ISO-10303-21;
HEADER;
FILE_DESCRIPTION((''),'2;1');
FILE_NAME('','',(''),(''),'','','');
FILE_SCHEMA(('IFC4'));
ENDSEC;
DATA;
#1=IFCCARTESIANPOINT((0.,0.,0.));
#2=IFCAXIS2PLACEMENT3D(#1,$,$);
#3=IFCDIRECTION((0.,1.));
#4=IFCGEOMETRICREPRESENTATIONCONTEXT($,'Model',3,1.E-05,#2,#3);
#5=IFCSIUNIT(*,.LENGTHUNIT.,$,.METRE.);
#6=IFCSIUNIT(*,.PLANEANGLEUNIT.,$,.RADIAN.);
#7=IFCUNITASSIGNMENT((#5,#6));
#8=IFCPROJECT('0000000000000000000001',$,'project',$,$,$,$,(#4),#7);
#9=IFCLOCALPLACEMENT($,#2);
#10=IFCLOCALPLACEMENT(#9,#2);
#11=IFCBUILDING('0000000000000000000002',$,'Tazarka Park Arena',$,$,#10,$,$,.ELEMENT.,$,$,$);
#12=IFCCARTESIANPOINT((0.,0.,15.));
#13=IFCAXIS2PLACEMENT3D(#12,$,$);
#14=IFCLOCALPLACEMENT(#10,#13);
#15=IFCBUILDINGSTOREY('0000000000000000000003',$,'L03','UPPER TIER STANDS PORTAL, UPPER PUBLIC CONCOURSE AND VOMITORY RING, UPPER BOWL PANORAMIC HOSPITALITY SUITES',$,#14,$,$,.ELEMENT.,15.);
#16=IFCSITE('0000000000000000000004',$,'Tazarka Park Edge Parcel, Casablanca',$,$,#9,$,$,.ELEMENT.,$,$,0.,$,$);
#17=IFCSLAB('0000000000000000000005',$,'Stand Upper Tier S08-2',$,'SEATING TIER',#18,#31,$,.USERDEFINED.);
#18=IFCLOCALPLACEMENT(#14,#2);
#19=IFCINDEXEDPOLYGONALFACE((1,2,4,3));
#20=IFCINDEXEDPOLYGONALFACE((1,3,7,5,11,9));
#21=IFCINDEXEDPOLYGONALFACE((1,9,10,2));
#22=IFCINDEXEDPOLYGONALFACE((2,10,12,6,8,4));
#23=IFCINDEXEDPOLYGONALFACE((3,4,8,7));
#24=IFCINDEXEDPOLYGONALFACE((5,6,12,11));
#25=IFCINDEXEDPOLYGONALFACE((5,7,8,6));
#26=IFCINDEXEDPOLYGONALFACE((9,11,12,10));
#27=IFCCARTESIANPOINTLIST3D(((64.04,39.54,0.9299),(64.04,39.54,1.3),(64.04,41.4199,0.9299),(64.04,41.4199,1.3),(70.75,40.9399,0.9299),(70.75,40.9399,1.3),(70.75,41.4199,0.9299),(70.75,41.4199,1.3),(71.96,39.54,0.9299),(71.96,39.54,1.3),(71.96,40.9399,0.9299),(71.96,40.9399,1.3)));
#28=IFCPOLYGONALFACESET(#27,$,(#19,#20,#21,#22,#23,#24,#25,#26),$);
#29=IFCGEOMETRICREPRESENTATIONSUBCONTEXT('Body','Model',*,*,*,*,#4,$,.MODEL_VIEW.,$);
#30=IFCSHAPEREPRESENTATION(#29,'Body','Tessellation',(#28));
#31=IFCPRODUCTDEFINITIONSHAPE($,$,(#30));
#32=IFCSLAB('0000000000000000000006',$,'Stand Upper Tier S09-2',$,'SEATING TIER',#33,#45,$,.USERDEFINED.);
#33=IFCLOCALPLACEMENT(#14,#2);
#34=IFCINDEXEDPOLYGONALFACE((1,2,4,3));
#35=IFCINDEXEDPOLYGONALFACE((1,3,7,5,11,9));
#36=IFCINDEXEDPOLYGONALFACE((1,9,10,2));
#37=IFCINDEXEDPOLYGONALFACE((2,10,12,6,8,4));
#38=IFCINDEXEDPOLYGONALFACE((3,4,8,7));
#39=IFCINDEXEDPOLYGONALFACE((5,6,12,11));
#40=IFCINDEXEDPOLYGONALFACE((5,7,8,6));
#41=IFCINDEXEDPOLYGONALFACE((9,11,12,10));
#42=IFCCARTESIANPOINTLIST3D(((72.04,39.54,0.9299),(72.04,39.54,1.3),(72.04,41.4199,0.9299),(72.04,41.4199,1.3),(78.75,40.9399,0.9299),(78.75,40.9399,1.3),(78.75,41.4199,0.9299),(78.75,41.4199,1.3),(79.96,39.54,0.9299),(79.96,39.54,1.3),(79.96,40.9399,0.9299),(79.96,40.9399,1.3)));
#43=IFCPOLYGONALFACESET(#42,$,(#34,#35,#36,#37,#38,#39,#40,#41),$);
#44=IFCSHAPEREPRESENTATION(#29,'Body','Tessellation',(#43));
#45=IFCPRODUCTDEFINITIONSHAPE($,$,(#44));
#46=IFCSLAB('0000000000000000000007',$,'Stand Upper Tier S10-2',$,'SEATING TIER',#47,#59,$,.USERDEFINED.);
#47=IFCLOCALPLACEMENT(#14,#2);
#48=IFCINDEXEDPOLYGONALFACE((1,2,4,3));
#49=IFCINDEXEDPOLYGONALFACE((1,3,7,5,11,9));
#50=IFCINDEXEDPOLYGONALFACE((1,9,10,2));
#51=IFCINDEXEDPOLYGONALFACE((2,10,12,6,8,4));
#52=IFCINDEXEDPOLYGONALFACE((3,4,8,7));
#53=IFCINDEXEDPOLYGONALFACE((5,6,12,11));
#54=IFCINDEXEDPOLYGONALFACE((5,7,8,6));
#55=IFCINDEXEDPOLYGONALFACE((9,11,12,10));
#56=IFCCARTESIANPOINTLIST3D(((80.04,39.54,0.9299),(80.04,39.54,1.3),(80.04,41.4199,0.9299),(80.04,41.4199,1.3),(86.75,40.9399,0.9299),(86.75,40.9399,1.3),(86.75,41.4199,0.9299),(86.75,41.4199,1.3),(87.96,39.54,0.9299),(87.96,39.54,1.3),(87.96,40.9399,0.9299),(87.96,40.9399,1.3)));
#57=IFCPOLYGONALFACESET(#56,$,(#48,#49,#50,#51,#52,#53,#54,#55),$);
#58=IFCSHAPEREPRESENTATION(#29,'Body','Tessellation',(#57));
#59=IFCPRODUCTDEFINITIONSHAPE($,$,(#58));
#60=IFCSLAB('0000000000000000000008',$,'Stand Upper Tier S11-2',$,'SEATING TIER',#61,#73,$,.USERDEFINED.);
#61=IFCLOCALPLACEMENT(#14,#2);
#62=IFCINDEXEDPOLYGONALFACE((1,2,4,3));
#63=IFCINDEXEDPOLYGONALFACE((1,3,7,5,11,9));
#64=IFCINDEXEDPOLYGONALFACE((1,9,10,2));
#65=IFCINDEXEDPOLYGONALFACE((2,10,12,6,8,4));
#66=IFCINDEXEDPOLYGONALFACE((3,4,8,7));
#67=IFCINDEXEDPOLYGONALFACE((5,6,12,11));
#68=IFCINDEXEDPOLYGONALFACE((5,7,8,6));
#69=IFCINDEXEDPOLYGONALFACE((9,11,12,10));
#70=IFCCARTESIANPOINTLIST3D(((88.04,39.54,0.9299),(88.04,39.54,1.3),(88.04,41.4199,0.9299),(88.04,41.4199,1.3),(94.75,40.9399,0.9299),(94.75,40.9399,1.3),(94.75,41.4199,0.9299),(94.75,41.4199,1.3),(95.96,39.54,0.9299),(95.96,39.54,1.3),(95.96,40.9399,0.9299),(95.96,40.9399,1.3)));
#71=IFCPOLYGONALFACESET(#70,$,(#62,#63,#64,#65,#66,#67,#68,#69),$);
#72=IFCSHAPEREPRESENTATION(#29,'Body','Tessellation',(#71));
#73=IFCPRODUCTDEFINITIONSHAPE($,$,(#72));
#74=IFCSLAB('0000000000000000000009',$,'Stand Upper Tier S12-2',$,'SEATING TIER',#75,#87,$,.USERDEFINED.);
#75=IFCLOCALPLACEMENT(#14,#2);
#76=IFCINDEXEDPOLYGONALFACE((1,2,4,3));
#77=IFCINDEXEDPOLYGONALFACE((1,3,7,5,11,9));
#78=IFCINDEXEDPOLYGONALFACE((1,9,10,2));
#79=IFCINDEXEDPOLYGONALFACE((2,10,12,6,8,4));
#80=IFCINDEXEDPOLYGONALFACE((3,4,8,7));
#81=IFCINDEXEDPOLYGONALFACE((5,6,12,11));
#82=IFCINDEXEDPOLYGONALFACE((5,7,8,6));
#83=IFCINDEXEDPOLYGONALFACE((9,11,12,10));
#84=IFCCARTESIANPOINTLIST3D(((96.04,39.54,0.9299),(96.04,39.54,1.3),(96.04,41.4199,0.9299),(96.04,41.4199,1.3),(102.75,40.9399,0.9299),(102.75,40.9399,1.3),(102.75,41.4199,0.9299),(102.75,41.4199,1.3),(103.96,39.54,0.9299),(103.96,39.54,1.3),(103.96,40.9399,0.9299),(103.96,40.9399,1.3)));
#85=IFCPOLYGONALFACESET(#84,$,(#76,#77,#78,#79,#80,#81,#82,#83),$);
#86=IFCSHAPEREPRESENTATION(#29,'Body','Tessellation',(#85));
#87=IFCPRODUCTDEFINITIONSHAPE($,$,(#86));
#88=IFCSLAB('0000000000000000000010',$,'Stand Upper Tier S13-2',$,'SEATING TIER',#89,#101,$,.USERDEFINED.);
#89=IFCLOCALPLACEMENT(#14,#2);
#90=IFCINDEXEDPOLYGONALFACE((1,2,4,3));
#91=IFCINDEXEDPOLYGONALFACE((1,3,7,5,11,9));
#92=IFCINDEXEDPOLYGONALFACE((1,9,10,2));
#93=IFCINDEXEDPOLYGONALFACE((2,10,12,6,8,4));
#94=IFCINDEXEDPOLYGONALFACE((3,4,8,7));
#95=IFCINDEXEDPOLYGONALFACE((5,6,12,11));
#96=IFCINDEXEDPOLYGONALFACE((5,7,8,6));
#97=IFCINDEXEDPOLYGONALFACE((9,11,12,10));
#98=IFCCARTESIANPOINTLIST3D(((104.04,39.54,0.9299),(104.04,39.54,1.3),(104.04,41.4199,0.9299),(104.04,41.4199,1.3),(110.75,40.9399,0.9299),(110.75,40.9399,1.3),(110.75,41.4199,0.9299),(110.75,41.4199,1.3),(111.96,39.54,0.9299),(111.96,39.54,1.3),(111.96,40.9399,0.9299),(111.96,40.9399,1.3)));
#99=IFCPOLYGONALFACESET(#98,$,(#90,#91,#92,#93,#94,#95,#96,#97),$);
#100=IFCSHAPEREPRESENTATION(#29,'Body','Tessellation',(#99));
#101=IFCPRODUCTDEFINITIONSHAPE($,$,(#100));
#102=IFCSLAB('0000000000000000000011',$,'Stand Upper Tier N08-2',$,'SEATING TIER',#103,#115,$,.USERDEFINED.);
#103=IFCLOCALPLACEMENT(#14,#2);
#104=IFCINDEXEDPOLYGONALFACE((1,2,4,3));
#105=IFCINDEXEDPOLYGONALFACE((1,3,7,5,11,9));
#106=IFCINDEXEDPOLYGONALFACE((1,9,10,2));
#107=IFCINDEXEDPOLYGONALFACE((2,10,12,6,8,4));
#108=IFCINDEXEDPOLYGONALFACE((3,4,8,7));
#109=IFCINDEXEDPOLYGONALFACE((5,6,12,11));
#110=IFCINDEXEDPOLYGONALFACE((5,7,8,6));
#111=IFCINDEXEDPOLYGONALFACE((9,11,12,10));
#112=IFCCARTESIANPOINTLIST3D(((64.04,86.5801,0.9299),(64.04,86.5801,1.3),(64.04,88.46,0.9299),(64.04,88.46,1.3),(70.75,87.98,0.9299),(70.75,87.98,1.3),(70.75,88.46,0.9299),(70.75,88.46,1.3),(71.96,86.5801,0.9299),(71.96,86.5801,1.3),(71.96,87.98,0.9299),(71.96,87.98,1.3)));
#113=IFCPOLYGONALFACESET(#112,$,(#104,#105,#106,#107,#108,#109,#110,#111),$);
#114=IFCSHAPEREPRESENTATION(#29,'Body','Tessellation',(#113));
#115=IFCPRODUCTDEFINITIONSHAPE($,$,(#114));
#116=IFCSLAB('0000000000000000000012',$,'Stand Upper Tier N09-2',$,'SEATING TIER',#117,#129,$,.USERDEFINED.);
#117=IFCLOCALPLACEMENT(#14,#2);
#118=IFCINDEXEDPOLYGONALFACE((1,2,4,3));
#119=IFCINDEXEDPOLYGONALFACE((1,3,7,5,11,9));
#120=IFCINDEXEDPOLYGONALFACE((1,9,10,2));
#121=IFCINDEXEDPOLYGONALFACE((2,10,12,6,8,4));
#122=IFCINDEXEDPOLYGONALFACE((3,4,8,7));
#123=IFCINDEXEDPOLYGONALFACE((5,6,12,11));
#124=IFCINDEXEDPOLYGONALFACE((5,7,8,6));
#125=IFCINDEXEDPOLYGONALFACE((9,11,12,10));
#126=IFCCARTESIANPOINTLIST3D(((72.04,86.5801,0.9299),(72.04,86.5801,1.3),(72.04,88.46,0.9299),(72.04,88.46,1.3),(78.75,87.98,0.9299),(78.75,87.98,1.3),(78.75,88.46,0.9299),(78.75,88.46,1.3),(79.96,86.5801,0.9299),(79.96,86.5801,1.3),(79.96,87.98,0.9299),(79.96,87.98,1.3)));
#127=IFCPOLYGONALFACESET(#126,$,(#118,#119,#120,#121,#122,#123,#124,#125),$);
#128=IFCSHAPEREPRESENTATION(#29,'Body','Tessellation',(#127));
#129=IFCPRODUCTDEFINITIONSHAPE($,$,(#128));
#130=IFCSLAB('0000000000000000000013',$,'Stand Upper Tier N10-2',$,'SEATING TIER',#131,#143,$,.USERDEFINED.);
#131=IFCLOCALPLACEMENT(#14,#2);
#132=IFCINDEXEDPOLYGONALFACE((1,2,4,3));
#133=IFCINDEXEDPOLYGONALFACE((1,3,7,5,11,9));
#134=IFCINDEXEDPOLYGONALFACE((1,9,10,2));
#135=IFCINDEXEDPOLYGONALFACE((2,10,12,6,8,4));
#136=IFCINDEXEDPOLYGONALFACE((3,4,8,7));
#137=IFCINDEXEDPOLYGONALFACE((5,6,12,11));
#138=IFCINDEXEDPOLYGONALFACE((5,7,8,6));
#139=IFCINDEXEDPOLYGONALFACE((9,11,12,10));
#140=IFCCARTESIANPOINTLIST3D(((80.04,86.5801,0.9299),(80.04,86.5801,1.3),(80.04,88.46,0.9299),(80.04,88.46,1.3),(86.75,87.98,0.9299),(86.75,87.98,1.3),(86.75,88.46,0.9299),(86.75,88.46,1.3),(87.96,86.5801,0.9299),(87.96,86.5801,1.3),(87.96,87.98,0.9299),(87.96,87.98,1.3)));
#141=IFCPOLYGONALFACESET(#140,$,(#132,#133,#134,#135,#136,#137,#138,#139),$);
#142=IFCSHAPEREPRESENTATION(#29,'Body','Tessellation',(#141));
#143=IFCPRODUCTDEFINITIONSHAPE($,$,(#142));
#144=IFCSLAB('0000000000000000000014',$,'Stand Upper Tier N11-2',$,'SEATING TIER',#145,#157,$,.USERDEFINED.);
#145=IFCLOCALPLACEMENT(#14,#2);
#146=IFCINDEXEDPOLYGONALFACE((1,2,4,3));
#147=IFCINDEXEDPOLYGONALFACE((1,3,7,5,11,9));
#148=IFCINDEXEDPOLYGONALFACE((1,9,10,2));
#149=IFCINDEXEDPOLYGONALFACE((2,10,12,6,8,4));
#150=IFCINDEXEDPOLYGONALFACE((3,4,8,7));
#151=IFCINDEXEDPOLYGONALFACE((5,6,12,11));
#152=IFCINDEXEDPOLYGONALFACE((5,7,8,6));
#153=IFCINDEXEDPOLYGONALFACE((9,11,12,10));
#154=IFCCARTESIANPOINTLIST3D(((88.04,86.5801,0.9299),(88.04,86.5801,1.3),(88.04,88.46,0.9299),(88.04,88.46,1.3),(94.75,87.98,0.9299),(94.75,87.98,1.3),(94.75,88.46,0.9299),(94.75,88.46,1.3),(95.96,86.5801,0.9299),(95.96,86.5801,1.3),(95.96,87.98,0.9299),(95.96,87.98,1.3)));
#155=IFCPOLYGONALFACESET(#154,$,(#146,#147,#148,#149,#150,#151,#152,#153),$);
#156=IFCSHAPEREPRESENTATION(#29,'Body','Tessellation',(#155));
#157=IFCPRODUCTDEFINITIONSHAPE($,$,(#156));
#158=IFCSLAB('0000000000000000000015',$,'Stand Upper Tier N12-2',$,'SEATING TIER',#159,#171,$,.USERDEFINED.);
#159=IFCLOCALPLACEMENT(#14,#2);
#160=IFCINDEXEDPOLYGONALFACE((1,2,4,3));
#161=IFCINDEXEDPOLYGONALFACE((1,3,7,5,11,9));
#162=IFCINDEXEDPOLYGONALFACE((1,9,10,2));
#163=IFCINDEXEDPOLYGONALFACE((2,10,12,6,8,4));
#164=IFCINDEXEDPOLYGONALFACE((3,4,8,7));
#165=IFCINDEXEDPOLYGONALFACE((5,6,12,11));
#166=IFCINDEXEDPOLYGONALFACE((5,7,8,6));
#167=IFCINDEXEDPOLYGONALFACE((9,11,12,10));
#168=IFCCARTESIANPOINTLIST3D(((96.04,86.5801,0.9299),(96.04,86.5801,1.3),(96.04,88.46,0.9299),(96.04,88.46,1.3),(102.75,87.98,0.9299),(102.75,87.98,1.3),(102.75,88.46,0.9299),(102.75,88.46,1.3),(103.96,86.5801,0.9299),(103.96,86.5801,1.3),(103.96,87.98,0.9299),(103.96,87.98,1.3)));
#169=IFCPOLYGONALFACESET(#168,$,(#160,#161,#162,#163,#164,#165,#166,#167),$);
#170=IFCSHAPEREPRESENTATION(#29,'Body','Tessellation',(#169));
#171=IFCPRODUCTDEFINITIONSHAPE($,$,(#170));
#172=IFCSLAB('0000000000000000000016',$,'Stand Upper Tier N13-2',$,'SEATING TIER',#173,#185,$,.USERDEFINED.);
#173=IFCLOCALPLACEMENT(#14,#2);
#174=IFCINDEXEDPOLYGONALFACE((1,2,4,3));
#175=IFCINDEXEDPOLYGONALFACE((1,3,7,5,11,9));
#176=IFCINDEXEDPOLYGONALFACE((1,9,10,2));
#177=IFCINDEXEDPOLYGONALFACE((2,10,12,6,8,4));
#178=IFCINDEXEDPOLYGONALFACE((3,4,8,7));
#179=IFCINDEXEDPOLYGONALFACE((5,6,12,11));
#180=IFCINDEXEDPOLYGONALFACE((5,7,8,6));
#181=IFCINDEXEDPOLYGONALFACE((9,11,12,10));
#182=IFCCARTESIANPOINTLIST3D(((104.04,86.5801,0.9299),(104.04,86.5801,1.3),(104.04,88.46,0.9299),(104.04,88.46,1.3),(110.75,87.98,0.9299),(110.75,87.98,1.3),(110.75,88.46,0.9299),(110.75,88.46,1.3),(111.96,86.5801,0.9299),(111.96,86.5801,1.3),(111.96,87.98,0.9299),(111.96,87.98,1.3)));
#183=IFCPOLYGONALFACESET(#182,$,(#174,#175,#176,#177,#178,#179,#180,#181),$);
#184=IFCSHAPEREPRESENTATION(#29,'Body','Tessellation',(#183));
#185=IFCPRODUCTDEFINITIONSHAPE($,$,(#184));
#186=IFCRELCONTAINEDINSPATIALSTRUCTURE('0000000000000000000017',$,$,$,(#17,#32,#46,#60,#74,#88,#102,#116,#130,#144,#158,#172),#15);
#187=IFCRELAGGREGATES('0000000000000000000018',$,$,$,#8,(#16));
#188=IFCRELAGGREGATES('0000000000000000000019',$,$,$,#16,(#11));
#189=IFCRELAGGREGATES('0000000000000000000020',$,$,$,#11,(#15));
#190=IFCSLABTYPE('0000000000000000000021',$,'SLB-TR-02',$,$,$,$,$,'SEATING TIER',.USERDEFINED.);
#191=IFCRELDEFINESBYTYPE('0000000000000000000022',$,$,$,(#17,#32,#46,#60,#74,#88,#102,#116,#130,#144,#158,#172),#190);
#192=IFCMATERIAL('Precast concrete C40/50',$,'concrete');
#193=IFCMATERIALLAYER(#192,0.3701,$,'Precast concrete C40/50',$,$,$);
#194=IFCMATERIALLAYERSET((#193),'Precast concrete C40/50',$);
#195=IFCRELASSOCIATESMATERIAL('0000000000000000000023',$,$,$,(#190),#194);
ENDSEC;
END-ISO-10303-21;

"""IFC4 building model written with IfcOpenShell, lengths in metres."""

from ifc_helpers import new_model, si_unit, direction, frame, origin, place, context, subcontext, project, spatial, polyline, outline, extrude, material, layer, layer_set, type_object, element, save


model = new_model("IFC4")

# Units and contexts
model_context = context("Model", 3, precision=1e-05, world=origin(), true_north=direction((0.0, 1.0)))
body_context = subcontext(model_context, "Body", "Model", "MODEL_VIEW")
ifc_project = project(units=[si_unit("LENGTHUNIT", "METRE"), si_unit("PLANEANGLEUNIT", "RADIAN")], contexts=[model_context])

# Site, building, storey
site_placement = place(None, origin())
site = spatial("IfcSite", under=ifc_project, at=site_placement, Name="Tazarka Park Edge Parcel, Casablanca", CompositionType="ELEMENT", RefElevation=0.0)
building_placement = place(site_placement, origin())
building = spatial("IfcBuilding", under=site, at=building_placement, Name="Tazarka Park Arena", CompositionType="ELEMENT")
storey_placement = place(building_placement, frame((0.0, 0.0, 15.0)))
storey = spatial("IfcBuildingStorey", under=building, at=storey_placement, Name="L03", Description="UPPER TIER STANDS PORTAL, UPPER PUBLIC CONCOURSE AND VOMITORY RING, UPPER BOWL PANORAMIC HOSPITALITY SUITES", CompositionType="ELEMENT", Elevation=15.0)

# Slabs
ifc_material_1 = material(Name="Precast concrete C40/50", Category="concrete")
ifc_layer_1 = layer(ifc_material_1, 0.3701, Name="Precast concrete C40/50")
ifc_layer_set_1 = layer_set([ifc_layer_1], Name="Precast concrete C40/50")
slab_type_1 = type_object("IfcSlabType", Name="SLB-TR-02", ElementType="SEATING TIER", PredefinedType="USERDEFINED", material=ifc_layer_set_1)
slab_1_placement = place(storey_placement, frame((0.0, 0.0, 0.9299)))
element("IfcSlab", 1, at=slab_1_placement, inside=storey, type_object=slab_type_1, Name="Stand Upper Tier S08-2", ObjectType="SEATING TIER", PredefinedType="USERDEFINED", context=body_context, shape_type="SweptSolid", body=[
    extrude(outline(polyline([(64.04, 39.54), (71.96, 39.54), (71.96, 40.9399), (70.75, 40.9399), (70.75, 41.4199), (64.04, 41.4199), (64.04, 39.54)])), origin(), (0.0, 0.0, 1.0), 0.3701),
])
slab_2_placement = place(storey_placement, frame((0.0, 0.0, 0.9299)))
element("IfcSlab", 2, at=slab_2_placement, inside=storey, type_object=slab_type_1, Name="Stand Upper Tier S09-2", ObjectType="SEATING TIER", PredefinedType="USERDEFINED", context=body_context, shape_type="SweptSolid", body=[
    extrude(outline(polyline([(72.04, 39.54), (79.96, 39.54), (79.96, 40.9399), (78.75, 40.9399), (78.75, 41.4199), (72.04, 41.4199), (72.04, 39.54)])), origin(), (0.0, 0.0, 1.0), 0.3701),
])
slab_3_placement = place(storey_placement, frame((0.0, 0.0, 0.9299)))
element("IfcSlab", 3, at=slab_3_placement, inside=storey, type_object=slab_type_1, Name="Stand Upper Tier S10-2", ObjectType="SEATING TIER", PredefinedType="USERDEFINED", context=body_context, shape_type="SweptSolid", body=[
    extrude(outline(polyline([(80.04, 39.54), (87.96, 39.54), (87.96, 40.9399), (86.75, 40.9399), (86.75, 41.4199), (80.04, 41.4199), (80.04, 39.54)])), origin(), (0.0, 0.0, 1.0), 0.3701),
])
slab_4_placement = place(storey_placement, frame((0.0, 0.0, 0.9299)))
element("IfcSlab", 4, at=slab_4_placement, inside=storey, type_object=slab_type_1, Name="Stand Upper Tier S11-2", ObjectType="SEATING TIER", PredefinedType="USERDEFINED", context=body_context, shape_type="SweptSolid", body=[
    extrude(outline(polyline([(88.04, 39.54), (95.96, 39.54), (95.96, 40.9399), (94.75, 40.9399), (94.75, 41.4199), (88.04, 41.4199), (88.04, 39.54)])), origin(), (0.0, 0.0, 1.0), 0.3701),
])
slab_5_placement = place(storey_placement, frame((0.0, 0.0, 0.9299)))
element("IfcSlab", 5, at=slab_5_placement, inside=storey, type_object=slab_type_1, Name="Stand Upper Tier S12-2", ObjectType="SEATING TIER", PredefinedType="USERDEFINED", context=body_context, shape_type="SweptSolid", body=[
    extrude(outline(polyline([(96.04, 39.54), (103.96, 39.54), (103.96, 40.9399), (102.75, 40.9399), (102.75, 41.4199), (96.04, 41.4199), (96.04, 39.54)])), origin(), (0.0, 0.0, 1.0), 0.3701),
])
slab_6_placement = place(storey_placement, frame((0.0, 0.0, 0.9299)))
element("IfcSlab", 6, at=slab_6_placement, inside=storey, type_object=slab_type_1, Name="Stand Upper Tier S13-2", ObjectType="SEATING TIER", PredefinedType="USERDEFINED", context=body_context, shape_type="SweptSolid", body=[
    extrude(outline(polyline([(104.04, 39.54), (111.96, 39.54), (111.96, 40.9399), (110.75, 40.9399), (110.75, 41.4199), (104.04, 41.4199), (104.04, 39.54)])), origin(), (0.0, 0.0, 1.0), 0.3701),
])
slab_7_placement = place(storey_placement, frame((0.0, 0.0, 0.9299)))
element("IfcSlab", 7, at=slab_7_placement, inside=storey, type_object=slab_type_1, Name="Stand Upper Tier N08-2", ObjectType="SEATING TIER", PredefinedType="USERDEFINED", context=body_context, shape_type="SweptSolid", body=[
    extrude(outline(polyline([(64.04, 86.5801), (71.96, 86.5801), (71.96, 87.98), (70.75, 87.98), (70.75, 88.46), (64.04, 88.46), (64.04, 86.5801)])), origin(), (0.0, 0.0, 1.0), 0.3701),
])
slab_8_placement = place(storey_placement, frame((0.0, 0.0, 0.9299)))
element("IfcSlab", 8, at=slab_8_placement, inside=storey, type_object=slab_type_1, Name="Stand Upper Tier N09-2", ObjectType="SEATING TIER", PredefinedType="USERDEFINED", context=body_context, shape_type="SweptSolid", body=[
    extrude(outline(polyline([(72.04, 86.5801), (79.96, 86.5801), (79.96, 87.98), (78.75, 87.98), (78.75, 88.46), (72.04, 88.46), (72.04, 86.5801)])), origin(), (0.0, 0.0, 1.0), 0.3701),
])
slab_9_placement = place(storey_placement, frame((0.0, 0.0, 0.9299)))
element("IfcSlab", 9, at=slab_9_placement, inside=storey, type_object=slab_type_1, Name="Stand Upper Tier N10-2", ObjectType="SEATING TIER", PredefinedType="USERDEFINED", context=body_context, shape_type="SweptSolid", body=[
    extrude(outline(polyline([(80.04, 86.5801), (87.96, 86.5801), (87.96, 87.98), (86.75, 87.98), (86.75, 88.46), (80.04, 88.46), (80.04, 86.5801)])), origin(), (0.0, 0.0, 1.0), 0.3701),
])
slab_10_placement = place(storey_placement, frame((0.0, 0.0, 0.9299)))
element("IfcSlab", 10, at=slab_10_placement, inside=storey, type_object=slab_type_1, Name="Stand Upper Tier N11-2", ObjectType="SEATING TIER", PredefinedType="USERDEFINED", context=body_context, shape_type="SweptSolid", body=[
    extrude(outline(polyline([(88.04, 86.5801), (95.96, 86.5801), (95.96, 87.98), (94.75, 87.98), (94.75, 88.46), (88.04, 88.46), (88.04, 86.5801)])), origin(), (0.0, 0.0, 1.0), 0.3701),
])
slab_11_placement = place(storey_placement, frame((0.0, 0.0, 0.9299)))
element("IfcSlab", 11, at=slab_11_placement, inside=storey, type_object=slab_type_1, Name="Stand Upper Tier N12-2", ObjectType="SEATING TIER", PredefinedType="USERDEFINED", context=body_context, shape_type="SweptSolid", body=[
    extrude(outline(polyline([(96.04, 86.5801), (103.96, 86.5801), (103.96, 87.98), (102.75, 87.98), (102.75, 88.46), (96.04, 88.46), (96.04, 86.5801)])), origin(), (0.0, 0.0, 1.0), 0.3701),
])
slab_12_placement = place(storey_placement, frame((0.0, 0.0, 0.9299)))
element("IfcSlab", 12, at=slab_12_placement, inside=storey, type_object=slab_type_1, Name="Stand Upper Tier N13-2", ObjectType="SEATING TIER", PredefinedType="USERDEFINED", context=body_context, shape_type="SweptSolid", body=[
    extrude(outline(polyline([(104.04, 86.5801), (111.96, 86.5801), (111.96, 87.98), (110.75, 87.98), (110.75, 88.46), (104.04, 88.46), (104.04, 86.5801)])), origin(), (0.0, 0.0, 1.0), 0.3701),
])

save(model, "model.ifc")
